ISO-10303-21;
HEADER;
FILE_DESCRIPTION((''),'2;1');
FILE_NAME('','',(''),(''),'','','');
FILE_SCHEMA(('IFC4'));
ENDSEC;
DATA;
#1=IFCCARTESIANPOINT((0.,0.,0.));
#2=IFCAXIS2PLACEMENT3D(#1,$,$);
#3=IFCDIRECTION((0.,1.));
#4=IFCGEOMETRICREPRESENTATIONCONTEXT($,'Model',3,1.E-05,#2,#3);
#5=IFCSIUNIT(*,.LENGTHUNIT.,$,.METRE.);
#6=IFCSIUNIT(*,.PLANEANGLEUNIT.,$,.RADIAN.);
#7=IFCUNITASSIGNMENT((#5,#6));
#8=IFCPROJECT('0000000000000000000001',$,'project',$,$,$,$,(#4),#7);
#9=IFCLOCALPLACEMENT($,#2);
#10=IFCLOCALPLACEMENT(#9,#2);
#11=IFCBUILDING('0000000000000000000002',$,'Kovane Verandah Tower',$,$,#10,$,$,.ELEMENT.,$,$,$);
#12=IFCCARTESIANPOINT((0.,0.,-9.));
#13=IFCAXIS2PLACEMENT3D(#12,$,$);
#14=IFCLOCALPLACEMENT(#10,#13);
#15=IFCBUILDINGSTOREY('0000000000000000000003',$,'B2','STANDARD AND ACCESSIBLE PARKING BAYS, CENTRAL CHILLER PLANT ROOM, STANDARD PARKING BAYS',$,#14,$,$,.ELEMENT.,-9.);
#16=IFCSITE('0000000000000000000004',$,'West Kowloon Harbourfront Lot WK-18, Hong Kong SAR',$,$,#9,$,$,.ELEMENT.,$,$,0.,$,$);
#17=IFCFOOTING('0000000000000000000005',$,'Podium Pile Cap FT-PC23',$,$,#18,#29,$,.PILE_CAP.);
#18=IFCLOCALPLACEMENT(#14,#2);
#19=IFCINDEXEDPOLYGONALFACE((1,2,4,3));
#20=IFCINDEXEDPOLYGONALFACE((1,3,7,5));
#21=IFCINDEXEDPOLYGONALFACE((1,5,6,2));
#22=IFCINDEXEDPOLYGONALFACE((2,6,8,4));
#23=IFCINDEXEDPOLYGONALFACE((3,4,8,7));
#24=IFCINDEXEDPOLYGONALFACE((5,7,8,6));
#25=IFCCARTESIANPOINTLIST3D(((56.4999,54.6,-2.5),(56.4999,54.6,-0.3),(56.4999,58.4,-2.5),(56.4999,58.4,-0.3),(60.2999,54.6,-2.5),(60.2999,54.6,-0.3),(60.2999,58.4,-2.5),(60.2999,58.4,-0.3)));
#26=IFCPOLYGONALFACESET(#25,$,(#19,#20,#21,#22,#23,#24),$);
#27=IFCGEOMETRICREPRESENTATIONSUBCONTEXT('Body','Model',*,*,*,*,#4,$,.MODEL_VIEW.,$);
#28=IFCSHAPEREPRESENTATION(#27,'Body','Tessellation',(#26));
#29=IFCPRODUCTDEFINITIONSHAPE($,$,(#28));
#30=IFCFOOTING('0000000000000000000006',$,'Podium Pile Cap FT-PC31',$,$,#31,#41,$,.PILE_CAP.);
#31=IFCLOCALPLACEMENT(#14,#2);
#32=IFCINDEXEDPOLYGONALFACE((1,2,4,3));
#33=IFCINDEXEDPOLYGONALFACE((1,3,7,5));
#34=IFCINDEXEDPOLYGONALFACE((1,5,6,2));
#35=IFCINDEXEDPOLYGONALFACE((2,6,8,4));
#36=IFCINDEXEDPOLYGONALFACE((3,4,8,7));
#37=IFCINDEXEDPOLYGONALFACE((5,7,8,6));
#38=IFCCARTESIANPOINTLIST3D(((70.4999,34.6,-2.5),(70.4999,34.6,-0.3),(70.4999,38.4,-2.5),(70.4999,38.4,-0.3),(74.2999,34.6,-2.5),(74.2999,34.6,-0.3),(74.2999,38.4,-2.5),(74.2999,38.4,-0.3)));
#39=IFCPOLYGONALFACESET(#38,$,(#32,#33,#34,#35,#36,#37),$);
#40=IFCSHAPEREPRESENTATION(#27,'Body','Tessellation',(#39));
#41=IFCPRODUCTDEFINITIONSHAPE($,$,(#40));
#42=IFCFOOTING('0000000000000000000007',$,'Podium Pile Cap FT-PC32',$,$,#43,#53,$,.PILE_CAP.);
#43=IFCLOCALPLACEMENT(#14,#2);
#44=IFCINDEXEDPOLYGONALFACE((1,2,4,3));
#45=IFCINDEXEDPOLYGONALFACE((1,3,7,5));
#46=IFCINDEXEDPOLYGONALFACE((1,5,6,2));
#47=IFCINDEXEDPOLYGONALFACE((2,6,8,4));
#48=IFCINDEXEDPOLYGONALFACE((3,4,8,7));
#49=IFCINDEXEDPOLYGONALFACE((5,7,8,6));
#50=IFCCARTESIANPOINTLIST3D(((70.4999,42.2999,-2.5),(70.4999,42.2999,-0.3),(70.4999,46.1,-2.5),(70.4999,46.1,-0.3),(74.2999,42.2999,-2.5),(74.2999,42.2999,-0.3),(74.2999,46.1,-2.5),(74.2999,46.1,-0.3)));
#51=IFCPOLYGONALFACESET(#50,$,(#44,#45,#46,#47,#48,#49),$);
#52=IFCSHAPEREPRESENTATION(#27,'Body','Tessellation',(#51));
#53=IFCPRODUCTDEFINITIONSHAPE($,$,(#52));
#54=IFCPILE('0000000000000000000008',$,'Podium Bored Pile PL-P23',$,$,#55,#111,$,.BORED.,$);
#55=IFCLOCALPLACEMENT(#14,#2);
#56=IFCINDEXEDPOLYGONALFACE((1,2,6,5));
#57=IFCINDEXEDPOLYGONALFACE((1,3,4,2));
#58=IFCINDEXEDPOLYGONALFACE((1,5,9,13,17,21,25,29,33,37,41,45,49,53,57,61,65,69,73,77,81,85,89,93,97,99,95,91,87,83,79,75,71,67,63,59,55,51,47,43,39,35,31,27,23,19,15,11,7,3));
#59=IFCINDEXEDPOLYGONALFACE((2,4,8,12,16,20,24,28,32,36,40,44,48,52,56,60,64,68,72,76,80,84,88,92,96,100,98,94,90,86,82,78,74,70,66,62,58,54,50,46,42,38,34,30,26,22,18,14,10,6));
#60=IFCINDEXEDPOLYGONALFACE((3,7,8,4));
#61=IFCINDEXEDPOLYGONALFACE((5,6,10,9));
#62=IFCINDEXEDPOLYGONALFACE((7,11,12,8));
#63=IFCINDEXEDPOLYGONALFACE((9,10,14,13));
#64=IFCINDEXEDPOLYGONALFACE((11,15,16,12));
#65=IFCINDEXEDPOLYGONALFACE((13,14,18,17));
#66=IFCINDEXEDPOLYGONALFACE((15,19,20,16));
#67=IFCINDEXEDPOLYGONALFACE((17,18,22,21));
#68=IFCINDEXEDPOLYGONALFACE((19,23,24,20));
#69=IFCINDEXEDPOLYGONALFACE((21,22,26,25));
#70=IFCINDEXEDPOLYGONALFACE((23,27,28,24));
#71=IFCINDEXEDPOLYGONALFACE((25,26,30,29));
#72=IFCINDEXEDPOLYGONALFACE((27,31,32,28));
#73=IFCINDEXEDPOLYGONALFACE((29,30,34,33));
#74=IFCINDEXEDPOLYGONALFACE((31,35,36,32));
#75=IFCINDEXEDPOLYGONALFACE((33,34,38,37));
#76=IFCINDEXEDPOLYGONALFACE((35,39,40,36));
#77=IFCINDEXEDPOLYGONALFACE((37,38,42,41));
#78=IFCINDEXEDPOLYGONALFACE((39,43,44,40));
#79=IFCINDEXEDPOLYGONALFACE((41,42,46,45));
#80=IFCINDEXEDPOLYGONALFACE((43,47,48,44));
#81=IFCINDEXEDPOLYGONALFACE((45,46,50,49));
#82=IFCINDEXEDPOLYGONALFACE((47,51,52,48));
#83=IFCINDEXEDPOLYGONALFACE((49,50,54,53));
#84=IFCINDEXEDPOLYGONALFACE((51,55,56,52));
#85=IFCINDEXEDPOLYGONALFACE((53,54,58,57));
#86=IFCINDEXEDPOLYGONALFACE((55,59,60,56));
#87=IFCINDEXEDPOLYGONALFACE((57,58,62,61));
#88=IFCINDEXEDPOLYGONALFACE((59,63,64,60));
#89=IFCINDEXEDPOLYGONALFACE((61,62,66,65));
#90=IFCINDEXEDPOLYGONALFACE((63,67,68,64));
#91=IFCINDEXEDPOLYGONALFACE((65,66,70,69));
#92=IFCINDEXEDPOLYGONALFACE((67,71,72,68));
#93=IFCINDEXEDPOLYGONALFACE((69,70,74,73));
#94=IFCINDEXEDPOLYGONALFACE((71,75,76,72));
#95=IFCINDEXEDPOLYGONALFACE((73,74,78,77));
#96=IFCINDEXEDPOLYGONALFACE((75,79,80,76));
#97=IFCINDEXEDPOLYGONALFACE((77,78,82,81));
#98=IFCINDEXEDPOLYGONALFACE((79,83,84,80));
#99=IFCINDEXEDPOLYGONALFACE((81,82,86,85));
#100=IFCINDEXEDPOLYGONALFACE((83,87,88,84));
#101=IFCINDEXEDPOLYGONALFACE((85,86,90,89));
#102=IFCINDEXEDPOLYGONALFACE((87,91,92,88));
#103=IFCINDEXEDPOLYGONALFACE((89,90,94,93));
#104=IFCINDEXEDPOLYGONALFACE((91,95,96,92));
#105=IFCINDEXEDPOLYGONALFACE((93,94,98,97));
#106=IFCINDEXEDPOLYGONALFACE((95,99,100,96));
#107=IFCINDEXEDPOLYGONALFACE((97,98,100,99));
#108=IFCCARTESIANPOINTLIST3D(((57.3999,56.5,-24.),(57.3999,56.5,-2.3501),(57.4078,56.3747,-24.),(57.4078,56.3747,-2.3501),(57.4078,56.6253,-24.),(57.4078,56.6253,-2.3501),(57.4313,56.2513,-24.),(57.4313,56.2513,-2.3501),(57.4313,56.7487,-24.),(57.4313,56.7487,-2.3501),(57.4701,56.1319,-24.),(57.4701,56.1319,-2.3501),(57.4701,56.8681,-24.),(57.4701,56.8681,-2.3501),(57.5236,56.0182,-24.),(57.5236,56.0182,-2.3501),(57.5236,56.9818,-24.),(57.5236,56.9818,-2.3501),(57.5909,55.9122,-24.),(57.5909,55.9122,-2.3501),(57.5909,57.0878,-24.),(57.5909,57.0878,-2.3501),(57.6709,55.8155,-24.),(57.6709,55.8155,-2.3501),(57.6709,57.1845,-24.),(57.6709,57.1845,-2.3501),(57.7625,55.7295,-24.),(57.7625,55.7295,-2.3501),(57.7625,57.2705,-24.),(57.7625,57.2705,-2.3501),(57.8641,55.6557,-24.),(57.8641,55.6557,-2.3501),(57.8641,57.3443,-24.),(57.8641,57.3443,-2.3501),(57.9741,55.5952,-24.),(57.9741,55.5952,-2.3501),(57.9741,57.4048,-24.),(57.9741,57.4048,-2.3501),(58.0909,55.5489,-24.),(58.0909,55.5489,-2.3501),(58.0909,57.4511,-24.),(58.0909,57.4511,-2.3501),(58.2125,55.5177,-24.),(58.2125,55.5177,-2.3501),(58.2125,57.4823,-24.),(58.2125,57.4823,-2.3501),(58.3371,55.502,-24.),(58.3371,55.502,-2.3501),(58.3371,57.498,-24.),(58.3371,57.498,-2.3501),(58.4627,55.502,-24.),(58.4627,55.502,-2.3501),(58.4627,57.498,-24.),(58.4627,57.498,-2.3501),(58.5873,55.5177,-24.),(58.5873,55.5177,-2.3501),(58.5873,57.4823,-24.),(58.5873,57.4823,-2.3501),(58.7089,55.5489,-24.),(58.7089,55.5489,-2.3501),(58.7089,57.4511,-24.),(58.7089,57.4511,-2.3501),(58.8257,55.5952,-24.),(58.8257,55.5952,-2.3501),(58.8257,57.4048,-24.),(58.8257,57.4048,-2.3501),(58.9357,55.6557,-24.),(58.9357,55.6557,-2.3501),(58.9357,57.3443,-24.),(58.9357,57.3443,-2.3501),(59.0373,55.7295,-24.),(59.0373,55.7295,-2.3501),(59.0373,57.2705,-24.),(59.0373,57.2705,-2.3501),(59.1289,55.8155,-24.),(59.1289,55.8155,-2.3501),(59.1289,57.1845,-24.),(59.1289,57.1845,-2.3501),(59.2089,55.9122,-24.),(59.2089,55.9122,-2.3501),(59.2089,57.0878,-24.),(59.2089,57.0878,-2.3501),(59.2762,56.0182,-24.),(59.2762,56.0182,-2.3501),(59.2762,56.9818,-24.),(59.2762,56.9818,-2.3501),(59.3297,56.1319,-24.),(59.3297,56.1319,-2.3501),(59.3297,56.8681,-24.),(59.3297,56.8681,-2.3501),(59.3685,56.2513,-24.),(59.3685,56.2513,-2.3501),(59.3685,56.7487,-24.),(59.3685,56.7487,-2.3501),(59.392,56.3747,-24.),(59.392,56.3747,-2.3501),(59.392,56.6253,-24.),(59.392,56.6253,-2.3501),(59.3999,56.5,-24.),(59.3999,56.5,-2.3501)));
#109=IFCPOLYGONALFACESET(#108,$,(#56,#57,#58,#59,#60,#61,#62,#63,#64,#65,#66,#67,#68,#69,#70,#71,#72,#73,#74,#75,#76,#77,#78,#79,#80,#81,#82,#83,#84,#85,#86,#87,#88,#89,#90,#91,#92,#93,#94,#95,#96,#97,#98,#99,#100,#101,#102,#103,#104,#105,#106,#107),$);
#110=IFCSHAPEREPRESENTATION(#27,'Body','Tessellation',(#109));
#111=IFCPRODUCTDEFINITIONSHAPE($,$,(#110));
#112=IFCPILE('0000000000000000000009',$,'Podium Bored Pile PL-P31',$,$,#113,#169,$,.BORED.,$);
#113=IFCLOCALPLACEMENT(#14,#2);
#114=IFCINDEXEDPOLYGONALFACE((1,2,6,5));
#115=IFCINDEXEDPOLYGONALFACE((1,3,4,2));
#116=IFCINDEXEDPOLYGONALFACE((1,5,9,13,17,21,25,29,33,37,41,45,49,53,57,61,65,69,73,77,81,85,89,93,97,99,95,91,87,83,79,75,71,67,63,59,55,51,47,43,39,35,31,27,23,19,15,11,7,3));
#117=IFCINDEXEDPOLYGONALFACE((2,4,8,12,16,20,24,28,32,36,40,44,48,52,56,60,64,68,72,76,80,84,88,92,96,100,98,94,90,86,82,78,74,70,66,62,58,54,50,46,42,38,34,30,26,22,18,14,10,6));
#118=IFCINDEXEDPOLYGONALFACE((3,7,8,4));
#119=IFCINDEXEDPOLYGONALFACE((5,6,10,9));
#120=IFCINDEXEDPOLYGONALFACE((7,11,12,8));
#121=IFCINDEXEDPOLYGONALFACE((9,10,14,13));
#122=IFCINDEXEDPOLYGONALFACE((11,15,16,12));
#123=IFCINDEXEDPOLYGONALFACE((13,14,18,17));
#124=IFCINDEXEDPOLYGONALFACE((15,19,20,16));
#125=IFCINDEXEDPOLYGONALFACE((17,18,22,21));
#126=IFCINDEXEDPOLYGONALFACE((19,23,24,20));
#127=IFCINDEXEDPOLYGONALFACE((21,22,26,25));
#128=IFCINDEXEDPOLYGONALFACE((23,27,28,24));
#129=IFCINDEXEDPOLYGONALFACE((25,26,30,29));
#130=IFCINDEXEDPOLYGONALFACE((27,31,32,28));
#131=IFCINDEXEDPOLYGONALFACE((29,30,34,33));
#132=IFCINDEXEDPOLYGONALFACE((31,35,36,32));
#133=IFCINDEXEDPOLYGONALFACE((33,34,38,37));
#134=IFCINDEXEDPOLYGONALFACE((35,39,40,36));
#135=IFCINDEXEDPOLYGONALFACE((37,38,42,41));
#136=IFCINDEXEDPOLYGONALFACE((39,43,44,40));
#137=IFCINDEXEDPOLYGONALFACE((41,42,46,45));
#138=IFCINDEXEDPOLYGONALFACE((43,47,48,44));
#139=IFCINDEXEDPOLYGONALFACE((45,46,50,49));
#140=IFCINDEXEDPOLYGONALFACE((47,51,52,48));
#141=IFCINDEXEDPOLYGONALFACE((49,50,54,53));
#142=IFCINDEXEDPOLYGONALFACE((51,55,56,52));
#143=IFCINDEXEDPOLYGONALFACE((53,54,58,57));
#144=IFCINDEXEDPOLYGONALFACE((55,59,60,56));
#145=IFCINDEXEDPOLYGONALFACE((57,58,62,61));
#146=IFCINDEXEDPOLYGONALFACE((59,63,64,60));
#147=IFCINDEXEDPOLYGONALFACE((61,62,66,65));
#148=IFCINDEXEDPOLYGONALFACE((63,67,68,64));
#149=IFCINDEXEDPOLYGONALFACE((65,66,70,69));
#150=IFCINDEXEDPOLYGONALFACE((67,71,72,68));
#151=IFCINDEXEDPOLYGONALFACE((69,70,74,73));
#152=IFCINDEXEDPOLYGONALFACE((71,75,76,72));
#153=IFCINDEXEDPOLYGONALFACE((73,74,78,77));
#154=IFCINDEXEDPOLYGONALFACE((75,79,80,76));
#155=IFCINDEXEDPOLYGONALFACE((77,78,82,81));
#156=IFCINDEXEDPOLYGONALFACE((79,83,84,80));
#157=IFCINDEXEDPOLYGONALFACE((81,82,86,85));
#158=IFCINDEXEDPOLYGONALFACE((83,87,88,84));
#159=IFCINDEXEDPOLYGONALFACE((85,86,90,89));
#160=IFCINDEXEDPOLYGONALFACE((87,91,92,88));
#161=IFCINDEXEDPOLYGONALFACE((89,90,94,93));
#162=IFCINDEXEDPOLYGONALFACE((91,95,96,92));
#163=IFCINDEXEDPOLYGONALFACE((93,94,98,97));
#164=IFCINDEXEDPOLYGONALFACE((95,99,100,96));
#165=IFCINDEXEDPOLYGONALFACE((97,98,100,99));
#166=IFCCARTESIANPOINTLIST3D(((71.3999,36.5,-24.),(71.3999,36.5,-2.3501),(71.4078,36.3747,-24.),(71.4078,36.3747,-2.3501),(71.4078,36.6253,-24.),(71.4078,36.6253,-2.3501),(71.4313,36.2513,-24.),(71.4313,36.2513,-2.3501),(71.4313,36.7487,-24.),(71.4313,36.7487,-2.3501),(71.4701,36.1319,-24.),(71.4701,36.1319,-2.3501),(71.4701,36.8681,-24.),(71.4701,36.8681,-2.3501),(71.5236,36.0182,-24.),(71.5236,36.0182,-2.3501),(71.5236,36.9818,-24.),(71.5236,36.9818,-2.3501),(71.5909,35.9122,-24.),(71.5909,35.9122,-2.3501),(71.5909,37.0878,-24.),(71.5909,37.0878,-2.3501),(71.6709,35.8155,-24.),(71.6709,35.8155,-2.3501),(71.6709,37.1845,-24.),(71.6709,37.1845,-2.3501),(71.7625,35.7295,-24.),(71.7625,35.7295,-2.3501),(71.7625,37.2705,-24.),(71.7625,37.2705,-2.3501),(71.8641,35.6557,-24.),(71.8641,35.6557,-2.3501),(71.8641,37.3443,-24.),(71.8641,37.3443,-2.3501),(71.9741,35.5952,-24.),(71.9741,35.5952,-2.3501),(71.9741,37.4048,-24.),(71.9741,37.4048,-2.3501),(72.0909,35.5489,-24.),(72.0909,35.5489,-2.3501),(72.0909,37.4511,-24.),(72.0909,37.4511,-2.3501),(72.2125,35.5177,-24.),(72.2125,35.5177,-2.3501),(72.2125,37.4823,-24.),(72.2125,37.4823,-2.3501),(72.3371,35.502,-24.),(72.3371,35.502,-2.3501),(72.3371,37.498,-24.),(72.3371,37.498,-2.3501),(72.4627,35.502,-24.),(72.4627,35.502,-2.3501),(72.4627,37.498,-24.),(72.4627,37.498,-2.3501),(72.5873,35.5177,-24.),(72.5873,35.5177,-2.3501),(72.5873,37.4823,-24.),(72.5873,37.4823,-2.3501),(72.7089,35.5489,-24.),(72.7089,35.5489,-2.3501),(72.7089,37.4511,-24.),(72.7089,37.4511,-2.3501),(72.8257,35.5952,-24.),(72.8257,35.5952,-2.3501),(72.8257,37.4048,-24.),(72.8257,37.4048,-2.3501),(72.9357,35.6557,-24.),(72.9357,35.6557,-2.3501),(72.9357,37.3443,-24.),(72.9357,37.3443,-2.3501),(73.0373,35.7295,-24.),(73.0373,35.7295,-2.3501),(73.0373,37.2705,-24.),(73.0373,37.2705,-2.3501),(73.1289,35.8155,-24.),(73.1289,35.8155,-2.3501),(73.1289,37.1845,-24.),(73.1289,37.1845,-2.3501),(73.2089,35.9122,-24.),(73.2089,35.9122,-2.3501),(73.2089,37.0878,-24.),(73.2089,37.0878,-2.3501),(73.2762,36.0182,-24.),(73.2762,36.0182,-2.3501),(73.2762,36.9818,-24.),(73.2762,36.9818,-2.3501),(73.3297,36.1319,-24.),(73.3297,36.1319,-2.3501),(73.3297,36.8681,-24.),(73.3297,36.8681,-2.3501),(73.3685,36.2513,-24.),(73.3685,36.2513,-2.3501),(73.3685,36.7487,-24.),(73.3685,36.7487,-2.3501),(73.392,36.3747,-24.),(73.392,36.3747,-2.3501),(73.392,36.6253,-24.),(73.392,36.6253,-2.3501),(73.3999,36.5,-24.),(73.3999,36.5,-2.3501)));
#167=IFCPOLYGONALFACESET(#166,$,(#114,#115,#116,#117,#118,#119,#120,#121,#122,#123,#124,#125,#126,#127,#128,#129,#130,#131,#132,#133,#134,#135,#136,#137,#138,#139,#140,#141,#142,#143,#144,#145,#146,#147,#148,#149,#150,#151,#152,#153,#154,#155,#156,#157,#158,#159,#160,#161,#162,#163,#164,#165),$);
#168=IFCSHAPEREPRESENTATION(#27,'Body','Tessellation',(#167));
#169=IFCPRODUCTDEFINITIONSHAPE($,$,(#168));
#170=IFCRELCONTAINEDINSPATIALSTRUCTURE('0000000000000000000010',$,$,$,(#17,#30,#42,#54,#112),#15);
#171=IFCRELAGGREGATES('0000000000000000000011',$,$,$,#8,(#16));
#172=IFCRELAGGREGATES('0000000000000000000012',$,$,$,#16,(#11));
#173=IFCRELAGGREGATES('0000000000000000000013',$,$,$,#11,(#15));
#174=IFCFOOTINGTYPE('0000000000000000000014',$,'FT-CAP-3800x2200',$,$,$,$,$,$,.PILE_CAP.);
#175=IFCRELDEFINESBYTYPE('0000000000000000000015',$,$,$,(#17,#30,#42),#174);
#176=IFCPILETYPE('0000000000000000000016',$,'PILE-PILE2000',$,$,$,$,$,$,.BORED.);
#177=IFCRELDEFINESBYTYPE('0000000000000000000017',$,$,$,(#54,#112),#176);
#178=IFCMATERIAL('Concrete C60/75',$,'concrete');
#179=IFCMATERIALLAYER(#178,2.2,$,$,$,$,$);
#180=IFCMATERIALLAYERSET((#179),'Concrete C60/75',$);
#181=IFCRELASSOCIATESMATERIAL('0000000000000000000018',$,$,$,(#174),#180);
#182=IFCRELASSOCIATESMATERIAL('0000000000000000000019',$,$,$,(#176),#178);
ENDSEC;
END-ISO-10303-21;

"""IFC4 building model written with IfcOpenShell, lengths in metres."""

from ifc_helpers import new_model, si_unit, direction, frame, origin, origin_2d, place, context, subcontext, project, spatial, rectangle, circle, extrude, material, layer, layer_set, material_profile, profile_set, type_object, element, save


model = new_model("IFC4")

# Units and contexts
model_context = context("Model", 3, precision=1e-05, world=origin(), true_north=direction((0.0, 1.0)))
body_context = subcontext(model_context, "Body", "Model", "MODEL_VIEW")
ifc_project = project(units=[si_unit("LENGTHUNIT", "METRE"), si_unit("PLANEANGLEUNIT", "RADIAN")], contexts=[model_context])

# Site, building, storey
site_placement = place(None, origin())
site = spatial("IfcSite", under=ifc_project, at=site_placement, Name="West Kowloon Harbourfront Lot WK-18, Hong Kong SAR", CompositionType="ELEMENT", RefElevation=0.0)
building_placement = place(site_placement, origin())
building = spatial("IfcBuilding", under=site, at=building_placement, Name="Kovane Verandah Tower", CompositionType="ELEMENT")
storey_placement = place(building_placement, frame((0.0, 0.0, -9.0)))
storey = spatial("IfcBuildingStorey", under=building, at=storey_placement, Name="B2", Description="STANDARD AND ACCESSIBLE PARKING BAYS, CENTRAL CHILLER PLANT ROOM, STANDARD PARKING BAYS", CompositionType="ELEMENT", Elevation=-9.0)

# Footings
ifc_material_1 = material(Name="Concrete C60/75", Category="concrete")
ifc_layer = layer(ifc_material_1, 2.2)
ifc_layer_set = layer_set([ifc_layer], Name="Concrete C60/75")
footing_type = type_object("IfcFootingType", Name="FT-CAP-3800x2200", PredefinedType="PILE_CAP", material=ifc_layer_set)
for number, where, z_axis, x_axis, name in (
    (1, (58.3999, 56.5, -2.5), (0.0, 0.0, 1.0), (1.0, 0.0, 0.0), "Podium Pile Cap FT-PC23"),
    (2, (72.3999, 36.5, -2.5), (0.0, 0.0, 1.0), (1.0, 0.0, 0.0), "Podium Pile Cap FT-PC31"),
    (3, (72.3999, 44.2, -2.5), (0.0, 0.0, 1.0), (1.0, 0.0, 0.0), "Podium Pile Cap FT-PC32"),
):
    element("IfcFooting", number, at=place(storey_placement, frame(where, z_axis=z_axis, x_axis=x_axis)), inside=storey, type_object=footing_type, Name=name, PredefinedType="PILE_CAP", context=body_context, shape_type="SweptSolid", body=[
        extrude(rectangle(XDim=3.8, YDim=3.8, at=origin_2d()), origin(), (0.0, 0.0, 1.0), 2.2),
    ])

# Piles
ifc_material_profile_1 = material_profile(ifc_material_1, circle(Radius=1.0, at=origin_2d()), Name="PILE2000")
ifc_profile_set_1 = profile_set([ifc_material_profile_1], Name="Concrete C60/75")
pile_type_1 = type_object("IfcPileType", Name="PILE-PILE2000", PredefinedType="BORED", material=ifc_profile_set_1)
for number, where, z_axis, x_axis, name in (
    (4, (58.3999, 56.5, -2.3501), (0.0, 0.0, -1.0), (1.0, 0.0, 0.0), "Podium Bored Pile PL-P23"),
    (5, (72.3999, 36.5, -2.3501), (0.0, 0.0, -1.0), (1.0, 0.0, 0.0), "Podium Bored Pile PL-P31"),
):
    element("IfcPile", number, at=place(storey_placement, frame(where, z_axis=z_axis, x_axis=x_axis)), inside=storey, type_object=pile_type_1, Name=name, PredefinedType="BORED", context=body_context, shape_type="SweptSolid", body=[
        extrude(circle(Radius=1.0, at=origin_2d()), origin(), (0.0, 0.0, 1.0), 21.6499),
    ])

save(model, "model.ifc")
